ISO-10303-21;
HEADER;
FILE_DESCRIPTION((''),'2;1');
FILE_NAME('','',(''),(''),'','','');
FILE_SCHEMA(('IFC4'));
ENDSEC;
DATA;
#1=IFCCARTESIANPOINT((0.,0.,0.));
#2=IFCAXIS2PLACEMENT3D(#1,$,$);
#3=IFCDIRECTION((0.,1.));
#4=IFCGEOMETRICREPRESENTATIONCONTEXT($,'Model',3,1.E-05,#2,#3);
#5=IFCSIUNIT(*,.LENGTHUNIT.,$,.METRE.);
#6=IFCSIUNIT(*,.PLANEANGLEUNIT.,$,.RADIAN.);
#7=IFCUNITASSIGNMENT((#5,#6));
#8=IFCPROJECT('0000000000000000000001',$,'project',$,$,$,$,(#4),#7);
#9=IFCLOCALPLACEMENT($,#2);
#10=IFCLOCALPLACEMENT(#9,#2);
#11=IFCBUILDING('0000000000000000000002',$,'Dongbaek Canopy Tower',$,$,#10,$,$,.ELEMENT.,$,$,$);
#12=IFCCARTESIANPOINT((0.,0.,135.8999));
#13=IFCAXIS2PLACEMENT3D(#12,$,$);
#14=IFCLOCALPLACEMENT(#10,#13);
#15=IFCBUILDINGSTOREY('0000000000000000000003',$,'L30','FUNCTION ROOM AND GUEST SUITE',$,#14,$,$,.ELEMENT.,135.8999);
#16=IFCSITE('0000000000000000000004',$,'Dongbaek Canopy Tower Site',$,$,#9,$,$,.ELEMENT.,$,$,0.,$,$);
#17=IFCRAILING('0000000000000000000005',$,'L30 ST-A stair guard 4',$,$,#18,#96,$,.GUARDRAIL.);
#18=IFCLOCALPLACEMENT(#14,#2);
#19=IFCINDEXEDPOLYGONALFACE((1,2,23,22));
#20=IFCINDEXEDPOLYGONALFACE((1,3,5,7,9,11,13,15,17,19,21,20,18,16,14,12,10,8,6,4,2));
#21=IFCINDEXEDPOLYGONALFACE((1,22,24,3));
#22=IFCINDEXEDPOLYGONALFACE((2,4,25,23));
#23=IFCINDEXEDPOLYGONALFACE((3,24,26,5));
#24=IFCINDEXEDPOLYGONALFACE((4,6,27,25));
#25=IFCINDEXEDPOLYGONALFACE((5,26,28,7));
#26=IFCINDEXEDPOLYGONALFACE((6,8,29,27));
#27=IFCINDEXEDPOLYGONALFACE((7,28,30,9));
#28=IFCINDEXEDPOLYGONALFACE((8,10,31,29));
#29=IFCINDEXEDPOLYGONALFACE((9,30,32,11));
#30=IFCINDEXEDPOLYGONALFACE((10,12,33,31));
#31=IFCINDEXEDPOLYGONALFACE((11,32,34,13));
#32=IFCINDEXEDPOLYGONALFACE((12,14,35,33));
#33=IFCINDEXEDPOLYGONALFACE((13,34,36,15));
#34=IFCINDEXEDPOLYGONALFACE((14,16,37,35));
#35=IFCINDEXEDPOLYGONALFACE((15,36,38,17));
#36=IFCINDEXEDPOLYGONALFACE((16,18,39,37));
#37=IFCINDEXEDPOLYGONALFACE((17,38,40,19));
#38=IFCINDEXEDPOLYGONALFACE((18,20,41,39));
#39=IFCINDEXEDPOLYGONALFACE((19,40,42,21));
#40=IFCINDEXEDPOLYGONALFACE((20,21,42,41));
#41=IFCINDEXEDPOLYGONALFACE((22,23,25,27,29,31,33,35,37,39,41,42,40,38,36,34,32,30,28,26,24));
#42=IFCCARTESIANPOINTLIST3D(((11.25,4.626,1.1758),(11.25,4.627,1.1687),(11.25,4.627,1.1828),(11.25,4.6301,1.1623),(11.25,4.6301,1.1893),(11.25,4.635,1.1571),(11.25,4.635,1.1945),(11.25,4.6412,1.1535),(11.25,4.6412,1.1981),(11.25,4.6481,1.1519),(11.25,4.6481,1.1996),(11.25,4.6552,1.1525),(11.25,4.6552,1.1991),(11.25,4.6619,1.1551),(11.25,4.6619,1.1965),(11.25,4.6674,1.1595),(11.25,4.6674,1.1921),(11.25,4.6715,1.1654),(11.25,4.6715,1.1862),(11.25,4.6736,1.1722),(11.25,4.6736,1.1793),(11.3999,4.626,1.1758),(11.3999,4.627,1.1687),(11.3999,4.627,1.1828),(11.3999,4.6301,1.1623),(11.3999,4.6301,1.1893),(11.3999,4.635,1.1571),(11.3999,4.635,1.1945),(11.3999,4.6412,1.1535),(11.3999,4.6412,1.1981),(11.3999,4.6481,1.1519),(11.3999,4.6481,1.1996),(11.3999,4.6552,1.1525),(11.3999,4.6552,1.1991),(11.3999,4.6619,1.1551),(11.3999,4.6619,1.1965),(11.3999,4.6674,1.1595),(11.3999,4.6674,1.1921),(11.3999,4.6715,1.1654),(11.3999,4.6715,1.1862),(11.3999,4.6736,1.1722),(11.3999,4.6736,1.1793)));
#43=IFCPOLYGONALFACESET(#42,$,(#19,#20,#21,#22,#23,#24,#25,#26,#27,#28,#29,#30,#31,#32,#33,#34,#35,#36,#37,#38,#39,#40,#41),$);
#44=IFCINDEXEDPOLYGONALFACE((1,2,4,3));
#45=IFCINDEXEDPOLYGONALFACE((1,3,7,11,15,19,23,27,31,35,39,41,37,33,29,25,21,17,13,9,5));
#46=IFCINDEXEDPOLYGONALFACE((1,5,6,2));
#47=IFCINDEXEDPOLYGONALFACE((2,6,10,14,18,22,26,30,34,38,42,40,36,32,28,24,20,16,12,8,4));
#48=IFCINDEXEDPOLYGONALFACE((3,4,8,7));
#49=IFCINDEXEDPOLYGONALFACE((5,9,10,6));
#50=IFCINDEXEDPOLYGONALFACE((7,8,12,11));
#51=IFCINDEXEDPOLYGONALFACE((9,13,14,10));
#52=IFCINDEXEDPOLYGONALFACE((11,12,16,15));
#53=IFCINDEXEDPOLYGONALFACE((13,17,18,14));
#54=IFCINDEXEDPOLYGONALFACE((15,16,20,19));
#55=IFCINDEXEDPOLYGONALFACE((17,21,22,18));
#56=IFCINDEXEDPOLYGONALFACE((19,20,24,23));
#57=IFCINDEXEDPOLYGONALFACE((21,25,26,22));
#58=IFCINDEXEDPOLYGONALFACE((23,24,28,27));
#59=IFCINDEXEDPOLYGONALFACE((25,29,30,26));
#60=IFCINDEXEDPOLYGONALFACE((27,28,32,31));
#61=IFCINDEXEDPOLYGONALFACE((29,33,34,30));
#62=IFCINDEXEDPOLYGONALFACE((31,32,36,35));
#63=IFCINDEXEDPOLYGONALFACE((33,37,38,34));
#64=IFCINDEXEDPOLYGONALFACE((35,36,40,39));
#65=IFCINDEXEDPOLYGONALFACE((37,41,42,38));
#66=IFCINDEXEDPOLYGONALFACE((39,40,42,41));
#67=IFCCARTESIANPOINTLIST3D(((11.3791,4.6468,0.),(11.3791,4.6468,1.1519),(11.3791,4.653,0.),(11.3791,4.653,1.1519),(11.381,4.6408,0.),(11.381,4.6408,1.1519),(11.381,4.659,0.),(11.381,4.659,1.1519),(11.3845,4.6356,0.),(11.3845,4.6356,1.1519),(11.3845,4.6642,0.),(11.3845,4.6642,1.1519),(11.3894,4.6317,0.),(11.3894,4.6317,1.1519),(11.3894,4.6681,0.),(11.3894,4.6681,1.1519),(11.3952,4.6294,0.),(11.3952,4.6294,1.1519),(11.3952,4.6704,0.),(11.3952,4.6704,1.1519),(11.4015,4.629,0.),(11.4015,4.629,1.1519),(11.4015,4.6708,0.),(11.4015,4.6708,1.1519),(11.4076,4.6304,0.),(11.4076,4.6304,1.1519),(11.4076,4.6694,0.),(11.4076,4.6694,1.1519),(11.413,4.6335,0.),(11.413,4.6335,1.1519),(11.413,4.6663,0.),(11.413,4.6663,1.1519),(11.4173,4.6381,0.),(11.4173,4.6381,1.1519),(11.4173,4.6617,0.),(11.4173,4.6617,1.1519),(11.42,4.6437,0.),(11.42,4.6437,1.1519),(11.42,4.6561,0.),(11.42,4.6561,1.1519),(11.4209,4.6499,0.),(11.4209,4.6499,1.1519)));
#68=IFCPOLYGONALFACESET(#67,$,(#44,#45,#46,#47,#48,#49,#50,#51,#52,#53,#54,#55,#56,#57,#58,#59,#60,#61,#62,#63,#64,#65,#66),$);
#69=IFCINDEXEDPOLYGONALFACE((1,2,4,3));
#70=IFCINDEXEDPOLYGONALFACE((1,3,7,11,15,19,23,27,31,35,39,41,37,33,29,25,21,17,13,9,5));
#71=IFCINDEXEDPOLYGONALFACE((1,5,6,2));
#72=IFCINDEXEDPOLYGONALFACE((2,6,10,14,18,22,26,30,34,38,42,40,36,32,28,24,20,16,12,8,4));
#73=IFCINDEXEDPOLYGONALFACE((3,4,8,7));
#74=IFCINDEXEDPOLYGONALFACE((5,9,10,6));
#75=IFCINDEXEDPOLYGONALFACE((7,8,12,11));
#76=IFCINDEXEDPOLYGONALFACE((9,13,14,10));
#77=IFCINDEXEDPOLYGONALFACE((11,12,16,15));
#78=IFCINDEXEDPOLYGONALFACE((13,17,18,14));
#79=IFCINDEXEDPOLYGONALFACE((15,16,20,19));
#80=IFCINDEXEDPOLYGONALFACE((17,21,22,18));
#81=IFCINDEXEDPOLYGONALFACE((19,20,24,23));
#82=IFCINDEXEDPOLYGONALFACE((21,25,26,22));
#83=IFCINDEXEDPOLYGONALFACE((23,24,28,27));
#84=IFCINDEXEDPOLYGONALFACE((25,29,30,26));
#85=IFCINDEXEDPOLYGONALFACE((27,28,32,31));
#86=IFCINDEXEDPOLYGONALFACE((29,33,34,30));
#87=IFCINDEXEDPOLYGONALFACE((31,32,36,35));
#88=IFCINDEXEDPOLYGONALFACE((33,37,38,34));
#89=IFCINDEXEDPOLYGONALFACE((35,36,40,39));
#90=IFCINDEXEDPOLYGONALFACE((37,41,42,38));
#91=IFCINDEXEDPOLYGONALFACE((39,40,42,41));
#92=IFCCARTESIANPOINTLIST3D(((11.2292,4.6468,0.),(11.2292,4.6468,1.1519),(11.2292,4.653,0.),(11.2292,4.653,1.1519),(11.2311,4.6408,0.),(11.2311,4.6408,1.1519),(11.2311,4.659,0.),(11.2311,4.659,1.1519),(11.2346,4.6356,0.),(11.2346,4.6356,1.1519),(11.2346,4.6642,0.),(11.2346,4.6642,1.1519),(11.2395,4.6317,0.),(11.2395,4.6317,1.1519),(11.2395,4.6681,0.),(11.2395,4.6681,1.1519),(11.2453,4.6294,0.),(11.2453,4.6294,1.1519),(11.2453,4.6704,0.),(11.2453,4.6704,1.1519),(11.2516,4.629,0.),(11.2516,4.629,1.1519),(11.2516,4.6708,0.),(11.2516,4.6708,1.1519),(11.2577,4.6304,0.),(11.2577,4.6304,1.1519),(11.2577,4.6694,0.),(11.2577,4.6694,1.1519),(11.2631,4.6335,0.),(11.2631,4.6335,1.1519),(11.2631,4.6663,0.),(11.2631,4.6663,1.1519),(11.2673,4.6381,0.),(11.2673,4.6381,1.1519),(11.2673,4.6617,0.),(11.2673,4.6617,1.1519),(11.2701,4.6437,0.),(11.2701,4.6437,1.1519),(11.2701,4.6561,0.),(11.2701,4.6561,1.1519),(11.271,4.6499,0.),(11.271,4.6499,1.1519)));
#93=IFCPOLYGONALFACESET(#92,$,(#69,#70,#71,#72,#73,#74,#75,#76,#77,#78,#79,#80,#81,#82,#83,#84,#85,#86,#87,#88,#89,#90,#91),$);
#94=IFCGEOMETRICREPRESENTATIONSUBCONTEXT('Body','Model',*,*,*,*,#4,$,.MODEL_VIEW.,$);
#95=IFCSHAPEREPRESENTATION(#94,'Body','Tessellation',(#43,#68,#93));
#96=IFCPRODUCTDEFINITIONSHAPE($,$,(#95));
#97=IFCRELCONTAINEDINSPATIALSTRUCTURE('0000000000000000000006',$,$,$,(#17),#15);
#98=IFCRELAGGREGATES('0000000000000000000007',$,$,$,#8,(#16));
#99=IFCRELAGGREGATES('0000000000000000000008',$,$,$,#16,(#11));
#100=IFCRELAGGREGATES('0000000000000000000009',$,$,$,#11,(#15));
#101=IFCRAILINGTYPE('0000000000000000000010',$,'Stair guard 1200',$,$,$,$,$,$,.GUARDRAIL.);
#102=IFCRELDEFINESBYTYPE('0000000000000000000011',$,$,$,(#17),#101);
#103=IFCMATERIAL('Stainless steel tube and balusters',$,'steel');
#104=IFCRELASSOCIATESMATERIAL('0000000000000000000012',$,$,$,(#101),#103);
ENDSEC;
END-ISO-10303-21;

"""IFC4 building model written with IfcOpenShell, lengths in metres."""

from ifc_helpers import new_model, si_unit, direction, frame, origin, origin_2d, place, context, subcontext, project, spatial, circle, extrude, material, type_object, element, save


model = new_model("IFC4")

# Units and contexts
model_context = context("Model", 3, precision=1e-05, world=origin(), true_north=direction((0.0, 1.0)))
body_context = subcontext(model_context, "Body", "Model", "MODEL_VIEW")
ifc_project = project(units=[si_unit("LENGTHUNIT", "METRE"), si_unit("PLANEANGLEUNIT", "RADIAN")], contexts=[model_context])

# Site, building, storey
site_placement = place(None, origin())
site = spatial("IfcSite", under=ifc_project, at=site_placement, Name="Dongbaek Canopy Tower Site", CompositionType="ELEMENT", RefElevation=0.0)
building_placement = place(site_placement, origin())
building = spatial("IfcBuilding", under=site, at=building_placement, Name="Dongbaek Canopy Tower", CompositionType="ELEMENT")
storey_placement = place(building_placement, frame((0.0, 0.0, 135.8999)))
storey = spatial("IfcBuildingStorey", under=building, at=storey_placement, Name="L30", Description="FUNCTION ROOM AND GUEST SUITE", CompositionType="ELEMENT", Elevation=135.8999)

# Railing
ifc_material_1 = material(Name="Stainless steel tube and balusters", Category="steel")
railing_type_1 = type_object("IfcRailingType", Name="Stair guard 1200", PredefinedType="GUARDRAIL", material=ifc_material_1)
railing_1_placement = place(storey_placement, frame((11.3999, 4.6499, 0.0)))
element("IfcRailing", 1, at=railing_1_placement, inside=storey, type_object=railing_type_1, Name="L30 ST-A stair guard 4", PredefinedType="GUARDRAIL", context=body_context, shape_type="SweptSolid", body=[
    extrude(circle(Radius=0.0239, at=origin_2d()), frame((0.0, 0.0, 1.1758), z_axis=(-1.0, 0.0, 0.0), x_axis=(0.0, -1.0, 0.0)), (0.0, 0.0, 1.0), 0.1499),
    extrude(circle(Radius=0.021, at=origin_2d()), origin(), (0.0, 0.0, 1.0), 1.1519),
    extrude(circle(Radius=0.021, at=origin_2d()), frame((-0.1499, 0.0, 0.0)), (0.0, 0.0, 1.0), 1.1519),
])

save(model, "model.ifc")
